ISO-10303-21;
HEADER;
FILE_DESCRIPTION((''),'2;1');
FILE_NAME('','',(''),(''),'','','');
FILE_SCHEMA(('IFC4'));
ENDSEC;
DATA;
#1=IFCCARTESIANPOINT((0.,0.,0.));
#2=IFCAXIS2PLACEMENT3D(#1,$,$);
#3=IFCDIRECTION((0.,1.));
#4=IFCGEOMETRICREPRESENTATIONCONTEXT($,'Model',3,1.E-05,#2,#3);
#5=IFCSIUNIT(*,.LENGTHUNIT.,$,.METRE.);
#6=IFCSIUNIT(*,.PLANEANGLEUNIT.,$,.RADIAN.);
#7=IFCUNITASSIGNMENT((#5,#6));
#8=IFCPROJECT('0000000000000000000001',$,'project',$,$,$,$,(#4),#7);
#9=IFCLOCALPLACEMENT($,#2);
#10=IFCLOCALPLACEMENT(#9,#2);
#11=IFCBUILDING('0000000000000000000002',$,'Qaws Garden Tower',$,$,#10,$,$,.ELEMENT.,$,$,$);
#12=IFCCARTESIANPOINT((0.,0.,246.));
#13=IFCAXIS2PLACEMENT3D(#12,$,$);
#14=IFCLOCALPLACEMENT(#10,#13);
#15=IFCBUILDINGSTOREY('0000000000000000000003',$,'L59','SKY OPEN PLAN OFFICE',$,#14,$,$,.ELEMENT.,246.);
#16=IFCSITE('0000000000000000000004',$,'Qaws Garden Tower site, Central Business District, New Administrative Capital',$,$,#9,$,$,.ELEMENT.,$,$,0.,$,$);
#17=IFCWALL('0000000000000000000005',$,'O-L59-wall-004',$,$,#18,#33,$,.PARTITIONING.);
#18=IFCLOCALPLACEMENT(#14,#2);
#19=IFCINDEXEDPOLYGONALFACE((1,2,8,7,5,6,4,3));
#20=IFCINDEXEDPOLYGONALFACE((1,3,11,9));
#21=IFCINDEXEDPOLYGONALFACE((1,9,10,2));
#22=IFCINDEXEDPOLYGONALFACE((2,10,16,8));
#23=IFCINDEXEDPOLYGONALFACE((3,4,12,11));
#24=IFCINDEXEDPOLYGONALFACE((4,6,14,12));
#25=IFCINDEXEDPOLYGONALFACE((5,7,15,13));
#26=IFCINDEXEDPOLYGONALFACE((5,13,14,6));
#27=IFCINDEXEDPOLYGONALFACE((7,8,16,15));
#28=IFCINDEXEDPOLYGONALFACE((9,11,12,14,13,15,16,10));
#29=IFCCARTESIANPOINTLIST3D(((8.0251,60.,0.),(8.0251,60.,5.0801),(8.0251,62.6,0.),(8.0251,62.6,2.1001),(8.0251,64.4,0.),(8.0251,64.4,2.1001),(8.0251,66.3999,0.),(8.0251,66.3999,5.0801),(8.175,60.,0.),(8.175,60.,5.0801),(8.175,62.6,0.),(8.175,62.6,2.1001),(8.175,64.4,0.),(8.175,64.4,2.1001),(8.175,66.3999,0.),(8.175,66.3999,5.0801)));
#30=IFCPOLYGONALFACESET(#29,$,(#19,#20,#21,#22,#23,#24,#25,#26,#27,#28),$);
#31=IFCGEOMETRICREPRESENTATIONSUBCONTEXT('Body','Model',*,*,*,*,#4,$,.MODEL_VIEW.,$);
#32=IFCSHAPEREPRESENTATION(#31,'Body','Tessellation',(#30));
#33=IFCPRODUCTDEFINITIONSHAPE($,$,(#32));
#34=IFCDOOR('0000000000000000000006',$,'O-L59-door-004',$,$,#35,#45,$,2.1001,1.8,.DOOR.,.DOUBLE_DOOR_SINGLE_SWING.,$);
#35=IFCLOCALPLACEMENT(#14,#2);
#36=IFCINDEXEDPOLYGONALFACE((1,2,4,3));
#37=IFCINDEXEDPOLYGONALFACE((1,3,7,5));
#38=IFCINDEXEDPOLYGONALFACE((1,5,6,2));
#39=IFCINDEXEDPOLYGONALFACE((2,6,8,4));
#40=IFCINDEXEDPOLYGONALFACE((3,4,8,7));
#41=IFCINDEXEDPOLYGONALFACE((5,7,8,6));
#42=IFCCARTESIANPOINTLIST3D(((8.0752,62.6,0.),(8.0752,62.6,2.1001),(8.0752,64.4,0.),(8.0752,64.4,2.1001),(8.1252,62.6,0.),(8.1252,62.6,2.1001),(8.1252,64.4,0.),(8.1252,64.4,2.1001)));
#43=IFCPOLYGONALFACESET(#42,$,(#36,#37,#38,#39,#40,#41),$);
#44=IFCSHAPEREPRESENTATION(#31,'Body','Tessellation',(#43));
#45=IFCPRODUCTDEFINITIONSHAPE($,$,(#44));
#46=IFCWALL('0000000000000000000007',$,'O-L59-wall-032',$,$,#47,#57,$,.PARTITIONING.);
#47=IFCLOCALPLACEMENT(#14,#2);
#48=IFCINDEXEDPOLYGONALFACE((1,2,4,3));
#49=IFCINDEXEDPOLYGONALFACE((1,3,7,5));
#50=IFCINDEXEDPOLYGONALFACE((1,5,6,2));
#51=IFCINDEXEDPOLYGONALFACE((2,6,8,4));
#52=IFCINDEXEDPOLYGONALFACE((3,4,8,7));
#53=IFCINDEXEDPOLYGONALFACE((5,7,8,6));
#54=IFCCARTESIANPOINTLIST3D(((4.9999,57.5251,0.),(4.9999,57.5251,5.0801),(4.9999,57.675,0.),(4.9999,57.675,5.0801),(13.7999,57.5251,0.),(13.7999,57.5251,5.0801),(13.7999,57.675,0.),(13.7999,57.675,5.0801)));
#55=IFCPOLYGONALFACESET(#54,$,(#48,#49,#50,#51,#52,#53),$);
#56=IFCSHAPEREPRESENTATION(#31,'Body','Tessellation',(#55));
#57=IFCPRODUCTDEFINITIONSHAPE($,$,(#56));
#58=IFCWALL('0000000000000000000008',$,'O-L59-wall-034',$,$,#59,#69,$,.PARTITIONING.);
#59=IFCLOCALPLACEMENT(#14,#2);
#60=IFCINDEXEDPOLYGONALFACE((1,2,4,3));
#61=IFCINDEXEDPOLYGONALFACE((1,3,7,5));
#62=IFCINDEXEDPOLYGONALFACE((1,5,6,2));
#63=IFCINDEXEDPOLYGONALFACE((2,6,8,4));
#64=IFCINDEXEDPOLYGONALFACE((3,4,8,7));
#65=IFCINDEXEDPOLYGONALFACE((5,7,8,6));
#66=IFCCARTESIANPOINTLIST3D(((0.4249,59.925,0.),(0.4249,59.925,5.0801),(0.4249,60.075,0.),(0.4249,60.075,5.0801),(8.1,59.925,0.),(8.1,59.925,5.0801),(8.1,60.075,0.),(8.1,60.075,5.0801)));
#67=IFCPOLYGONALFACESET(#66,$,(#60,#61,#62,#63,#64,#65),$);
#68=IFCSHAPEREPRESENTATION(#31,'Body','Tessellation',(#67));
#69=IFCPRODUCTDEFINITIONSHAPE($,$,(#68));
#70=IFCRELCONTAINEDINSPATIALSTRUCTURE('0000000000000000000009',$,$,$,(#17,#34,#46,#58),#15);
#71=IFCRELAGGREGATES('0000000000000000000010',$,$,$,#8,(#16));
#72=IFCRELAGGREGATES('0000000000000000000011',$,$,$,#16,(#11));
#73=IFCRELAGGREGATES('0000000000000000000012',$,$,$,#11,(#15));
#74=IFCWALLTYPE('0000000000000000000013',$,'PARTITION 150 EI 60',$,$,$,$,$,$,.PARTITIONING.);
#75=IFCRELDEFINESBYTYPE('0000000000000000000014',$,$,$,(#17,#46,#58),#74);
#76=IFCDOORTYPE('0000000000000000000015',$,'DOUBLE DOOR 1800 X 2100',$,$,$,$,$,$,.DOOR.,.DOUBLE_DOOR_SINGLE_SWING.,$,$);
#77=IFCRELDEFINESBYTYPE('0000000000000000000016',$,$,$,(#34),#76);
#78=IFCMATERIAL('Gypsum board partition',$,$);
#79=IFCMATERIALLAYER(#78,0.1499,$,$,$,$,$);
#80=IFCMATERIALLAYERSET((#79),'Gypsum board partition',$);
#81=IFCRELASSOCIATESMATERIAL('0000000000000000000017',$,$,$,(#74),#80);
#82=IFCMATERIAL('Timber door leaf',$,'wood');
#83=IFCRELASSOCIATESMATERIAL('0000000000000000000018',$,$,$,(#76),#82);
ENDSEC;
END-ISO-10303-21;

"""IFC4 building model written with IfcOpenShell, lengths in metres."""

from ifc_helpers import new_model, si_unit, direction, frame, frame_2d, origin, place, context, subcontext, project, spatial, rectangle, extrude, material, layer, layer_set, type_object, element, fill, save


model = new_model("IFC4")

# Units and contexts
model_context = context("Model", 3, precision=1e-05, world=origin(), true_north=direction((0.0, 1.0)))
body_context = subcontext(model_context, "Body", "Model", "MODEL_VIEW")
ifc_project = project(units=[si_unit("LENGTHUNIT", "METRE"), si_unit("PLANEANGLEUNIT", "RADIAN")], contexts=[model_context])

# Site, building, storey
site_placement = place(None, origin())
site = spatial("IfcSite", under=ifc_project, at=site_placement, Name="Qaws Garden Tower site, Central Business District, New Administrative Capital", CompositionType="ELEMENT", RefElevation=0.0)
building_placement = place(site_placement, origin())
building = spatial("IfcBuilding", under=site, at=building_placement, Name="Qaws Garden Tower", CompositionType="ELEMENT")
storey_placement = place(building_placement, frame((0.0, 0.0, 246.0)))
storey = spatial("IfcBuildingStorey", under=building, at=storey_placement, Name="L59", Description="SKY OPEN PLAN OFFICE", CompositionType="ELEMENT", Elevation=246.0)

# Shared definitions
ifc_material_1 = material(Name="Gypsum board partition")
ifc_layer_1 = layer(ifc_material_1, 0.1499)
ifc_layer_set_1 = layer_set([ifc_layer_1], Name="Gypsum board partition")
wall_type_1 = type_object("IfcWallType", Name="PARTITION 150 EI 60", PredefinedType="PARTITIONING", material=ifc_layer_set_1)

# Wall, opening, door
wall_1_placement = place(storey_placement, frame((8.1001, 60.0, 0.0), z_axis=(0.0, 0.0, 1.0), x_axis=(0.0, 1.0, 0.0)))
wall_1 = element("IfcWall", 1, at=wall_1_placement, inside=storey, type_object=wall_type_1, Name="O-L59-wall-004", PredefinedType="PARTITIONING", context=body_context, shape_type="SweptSolid", body=[
    extrude(rectangle(XDim=6.3999, YDim=0.1499, at=frame_2d((3.2, 0.0))), origin(), (0.0, 0.0, 1.0), 5.0801),
])
opening_1_placement = place(wall_1_placement, frame((2.6001, 0.0, 0.0)))
opening_1 = element("IfcOpeningElement", 2, at=opening_1_placement, cuts=wall_1, PredefinedType="OPENING", context=body_context, shape_type="SweptSolid", body=[
    extrude(rectangle(XDim=1.8, YDim=2.1001, at=frame_2d((0.8999, 1.05))), frame((0.0, 0.085, 0.0), z_axis=(0.0, -1.0, 0.0), x_axis=(1.0, 0.0, 0.0)), (0.0, 0.0, 1.0), 0.1699),
])
ifc_material_2 = material(Name="Timber door leaf", Category="wood")
door_type_1 = type_object("IfcDoorType", Name="DOUBLE DOOR 1800 X 2100", OperationType="DOUBLE_DOOR_SINGLE_SWING", PredefinedType="DOOR", material=ifc_material_2)
door_1_placement = place(opening_1_placement, origin())
door_1 = element("IfcDoor", 3, at=door_1_placement, inside=storey, type_object=door_type_1, Name="O-L59-door-004", OperationType="DOUBLE_DOOR_SINGLE_SWING", OverallHeight=2.1001, OverallWidth=1.8, PredefinedType="DOOR", context=body_context, shape_type="SweptSolid", body=[
    extrude(rectangle(XDim=1.8, YDim=2.1001, at=frame_2d((0.8999, 1.05))), frame((0.0, 0.0249, 0.0), z_axis=(0.0, -1.0, 0.0), x_axis=(1.0, 0.0, 0.0)), (0.0, 0.0, 1.0), 0.05),
])
fill(opening_1, door_1)

# Walls
wall_2_placement = place(storey_placement, frame((5.0, 57.6001, 0.0), z_axis=(0.0, 0.0, 1.0), x_axis=(1.0, 0.0, 0.0)))
element("IfcWall", 4, at=wall_2_placement, inside=storey, type_object=wall_type_1, Name="O-L59-wall-032", PredefinedType="PARTITIONING", context=body_context, shape_type="SweptSolid", body=[
    extrude(rectangle(XDim=8.8, YDim=0.1499, at=frame_2d((4.3999, 0.0))), origin(), (0.0, 0.0, 1.0), 5.0801),
])
wall_3_placement = place(storey_placement, frame((0.425, 60.0, 0.0), z_axis=(0.0, 0.0, 1.0), x_axis=(1.0, 0.0, 0.0)))
element("IfcWall", 5, at=wall_3_placement, inside=storey, type_object=wall_type_1, Name="O-L59-wall-034", PredefinedType="PARTITIONING", context=body_context, shape_type="SweptSolid", body=[
    extrude(rectangle(XDim=7.675, YDim=0.1499, at=frame_2d((3.8374, 0.0))), origin(), (0.0, 0.0, 1.0), 5.0801),
])

save(model, "model.ifc")
